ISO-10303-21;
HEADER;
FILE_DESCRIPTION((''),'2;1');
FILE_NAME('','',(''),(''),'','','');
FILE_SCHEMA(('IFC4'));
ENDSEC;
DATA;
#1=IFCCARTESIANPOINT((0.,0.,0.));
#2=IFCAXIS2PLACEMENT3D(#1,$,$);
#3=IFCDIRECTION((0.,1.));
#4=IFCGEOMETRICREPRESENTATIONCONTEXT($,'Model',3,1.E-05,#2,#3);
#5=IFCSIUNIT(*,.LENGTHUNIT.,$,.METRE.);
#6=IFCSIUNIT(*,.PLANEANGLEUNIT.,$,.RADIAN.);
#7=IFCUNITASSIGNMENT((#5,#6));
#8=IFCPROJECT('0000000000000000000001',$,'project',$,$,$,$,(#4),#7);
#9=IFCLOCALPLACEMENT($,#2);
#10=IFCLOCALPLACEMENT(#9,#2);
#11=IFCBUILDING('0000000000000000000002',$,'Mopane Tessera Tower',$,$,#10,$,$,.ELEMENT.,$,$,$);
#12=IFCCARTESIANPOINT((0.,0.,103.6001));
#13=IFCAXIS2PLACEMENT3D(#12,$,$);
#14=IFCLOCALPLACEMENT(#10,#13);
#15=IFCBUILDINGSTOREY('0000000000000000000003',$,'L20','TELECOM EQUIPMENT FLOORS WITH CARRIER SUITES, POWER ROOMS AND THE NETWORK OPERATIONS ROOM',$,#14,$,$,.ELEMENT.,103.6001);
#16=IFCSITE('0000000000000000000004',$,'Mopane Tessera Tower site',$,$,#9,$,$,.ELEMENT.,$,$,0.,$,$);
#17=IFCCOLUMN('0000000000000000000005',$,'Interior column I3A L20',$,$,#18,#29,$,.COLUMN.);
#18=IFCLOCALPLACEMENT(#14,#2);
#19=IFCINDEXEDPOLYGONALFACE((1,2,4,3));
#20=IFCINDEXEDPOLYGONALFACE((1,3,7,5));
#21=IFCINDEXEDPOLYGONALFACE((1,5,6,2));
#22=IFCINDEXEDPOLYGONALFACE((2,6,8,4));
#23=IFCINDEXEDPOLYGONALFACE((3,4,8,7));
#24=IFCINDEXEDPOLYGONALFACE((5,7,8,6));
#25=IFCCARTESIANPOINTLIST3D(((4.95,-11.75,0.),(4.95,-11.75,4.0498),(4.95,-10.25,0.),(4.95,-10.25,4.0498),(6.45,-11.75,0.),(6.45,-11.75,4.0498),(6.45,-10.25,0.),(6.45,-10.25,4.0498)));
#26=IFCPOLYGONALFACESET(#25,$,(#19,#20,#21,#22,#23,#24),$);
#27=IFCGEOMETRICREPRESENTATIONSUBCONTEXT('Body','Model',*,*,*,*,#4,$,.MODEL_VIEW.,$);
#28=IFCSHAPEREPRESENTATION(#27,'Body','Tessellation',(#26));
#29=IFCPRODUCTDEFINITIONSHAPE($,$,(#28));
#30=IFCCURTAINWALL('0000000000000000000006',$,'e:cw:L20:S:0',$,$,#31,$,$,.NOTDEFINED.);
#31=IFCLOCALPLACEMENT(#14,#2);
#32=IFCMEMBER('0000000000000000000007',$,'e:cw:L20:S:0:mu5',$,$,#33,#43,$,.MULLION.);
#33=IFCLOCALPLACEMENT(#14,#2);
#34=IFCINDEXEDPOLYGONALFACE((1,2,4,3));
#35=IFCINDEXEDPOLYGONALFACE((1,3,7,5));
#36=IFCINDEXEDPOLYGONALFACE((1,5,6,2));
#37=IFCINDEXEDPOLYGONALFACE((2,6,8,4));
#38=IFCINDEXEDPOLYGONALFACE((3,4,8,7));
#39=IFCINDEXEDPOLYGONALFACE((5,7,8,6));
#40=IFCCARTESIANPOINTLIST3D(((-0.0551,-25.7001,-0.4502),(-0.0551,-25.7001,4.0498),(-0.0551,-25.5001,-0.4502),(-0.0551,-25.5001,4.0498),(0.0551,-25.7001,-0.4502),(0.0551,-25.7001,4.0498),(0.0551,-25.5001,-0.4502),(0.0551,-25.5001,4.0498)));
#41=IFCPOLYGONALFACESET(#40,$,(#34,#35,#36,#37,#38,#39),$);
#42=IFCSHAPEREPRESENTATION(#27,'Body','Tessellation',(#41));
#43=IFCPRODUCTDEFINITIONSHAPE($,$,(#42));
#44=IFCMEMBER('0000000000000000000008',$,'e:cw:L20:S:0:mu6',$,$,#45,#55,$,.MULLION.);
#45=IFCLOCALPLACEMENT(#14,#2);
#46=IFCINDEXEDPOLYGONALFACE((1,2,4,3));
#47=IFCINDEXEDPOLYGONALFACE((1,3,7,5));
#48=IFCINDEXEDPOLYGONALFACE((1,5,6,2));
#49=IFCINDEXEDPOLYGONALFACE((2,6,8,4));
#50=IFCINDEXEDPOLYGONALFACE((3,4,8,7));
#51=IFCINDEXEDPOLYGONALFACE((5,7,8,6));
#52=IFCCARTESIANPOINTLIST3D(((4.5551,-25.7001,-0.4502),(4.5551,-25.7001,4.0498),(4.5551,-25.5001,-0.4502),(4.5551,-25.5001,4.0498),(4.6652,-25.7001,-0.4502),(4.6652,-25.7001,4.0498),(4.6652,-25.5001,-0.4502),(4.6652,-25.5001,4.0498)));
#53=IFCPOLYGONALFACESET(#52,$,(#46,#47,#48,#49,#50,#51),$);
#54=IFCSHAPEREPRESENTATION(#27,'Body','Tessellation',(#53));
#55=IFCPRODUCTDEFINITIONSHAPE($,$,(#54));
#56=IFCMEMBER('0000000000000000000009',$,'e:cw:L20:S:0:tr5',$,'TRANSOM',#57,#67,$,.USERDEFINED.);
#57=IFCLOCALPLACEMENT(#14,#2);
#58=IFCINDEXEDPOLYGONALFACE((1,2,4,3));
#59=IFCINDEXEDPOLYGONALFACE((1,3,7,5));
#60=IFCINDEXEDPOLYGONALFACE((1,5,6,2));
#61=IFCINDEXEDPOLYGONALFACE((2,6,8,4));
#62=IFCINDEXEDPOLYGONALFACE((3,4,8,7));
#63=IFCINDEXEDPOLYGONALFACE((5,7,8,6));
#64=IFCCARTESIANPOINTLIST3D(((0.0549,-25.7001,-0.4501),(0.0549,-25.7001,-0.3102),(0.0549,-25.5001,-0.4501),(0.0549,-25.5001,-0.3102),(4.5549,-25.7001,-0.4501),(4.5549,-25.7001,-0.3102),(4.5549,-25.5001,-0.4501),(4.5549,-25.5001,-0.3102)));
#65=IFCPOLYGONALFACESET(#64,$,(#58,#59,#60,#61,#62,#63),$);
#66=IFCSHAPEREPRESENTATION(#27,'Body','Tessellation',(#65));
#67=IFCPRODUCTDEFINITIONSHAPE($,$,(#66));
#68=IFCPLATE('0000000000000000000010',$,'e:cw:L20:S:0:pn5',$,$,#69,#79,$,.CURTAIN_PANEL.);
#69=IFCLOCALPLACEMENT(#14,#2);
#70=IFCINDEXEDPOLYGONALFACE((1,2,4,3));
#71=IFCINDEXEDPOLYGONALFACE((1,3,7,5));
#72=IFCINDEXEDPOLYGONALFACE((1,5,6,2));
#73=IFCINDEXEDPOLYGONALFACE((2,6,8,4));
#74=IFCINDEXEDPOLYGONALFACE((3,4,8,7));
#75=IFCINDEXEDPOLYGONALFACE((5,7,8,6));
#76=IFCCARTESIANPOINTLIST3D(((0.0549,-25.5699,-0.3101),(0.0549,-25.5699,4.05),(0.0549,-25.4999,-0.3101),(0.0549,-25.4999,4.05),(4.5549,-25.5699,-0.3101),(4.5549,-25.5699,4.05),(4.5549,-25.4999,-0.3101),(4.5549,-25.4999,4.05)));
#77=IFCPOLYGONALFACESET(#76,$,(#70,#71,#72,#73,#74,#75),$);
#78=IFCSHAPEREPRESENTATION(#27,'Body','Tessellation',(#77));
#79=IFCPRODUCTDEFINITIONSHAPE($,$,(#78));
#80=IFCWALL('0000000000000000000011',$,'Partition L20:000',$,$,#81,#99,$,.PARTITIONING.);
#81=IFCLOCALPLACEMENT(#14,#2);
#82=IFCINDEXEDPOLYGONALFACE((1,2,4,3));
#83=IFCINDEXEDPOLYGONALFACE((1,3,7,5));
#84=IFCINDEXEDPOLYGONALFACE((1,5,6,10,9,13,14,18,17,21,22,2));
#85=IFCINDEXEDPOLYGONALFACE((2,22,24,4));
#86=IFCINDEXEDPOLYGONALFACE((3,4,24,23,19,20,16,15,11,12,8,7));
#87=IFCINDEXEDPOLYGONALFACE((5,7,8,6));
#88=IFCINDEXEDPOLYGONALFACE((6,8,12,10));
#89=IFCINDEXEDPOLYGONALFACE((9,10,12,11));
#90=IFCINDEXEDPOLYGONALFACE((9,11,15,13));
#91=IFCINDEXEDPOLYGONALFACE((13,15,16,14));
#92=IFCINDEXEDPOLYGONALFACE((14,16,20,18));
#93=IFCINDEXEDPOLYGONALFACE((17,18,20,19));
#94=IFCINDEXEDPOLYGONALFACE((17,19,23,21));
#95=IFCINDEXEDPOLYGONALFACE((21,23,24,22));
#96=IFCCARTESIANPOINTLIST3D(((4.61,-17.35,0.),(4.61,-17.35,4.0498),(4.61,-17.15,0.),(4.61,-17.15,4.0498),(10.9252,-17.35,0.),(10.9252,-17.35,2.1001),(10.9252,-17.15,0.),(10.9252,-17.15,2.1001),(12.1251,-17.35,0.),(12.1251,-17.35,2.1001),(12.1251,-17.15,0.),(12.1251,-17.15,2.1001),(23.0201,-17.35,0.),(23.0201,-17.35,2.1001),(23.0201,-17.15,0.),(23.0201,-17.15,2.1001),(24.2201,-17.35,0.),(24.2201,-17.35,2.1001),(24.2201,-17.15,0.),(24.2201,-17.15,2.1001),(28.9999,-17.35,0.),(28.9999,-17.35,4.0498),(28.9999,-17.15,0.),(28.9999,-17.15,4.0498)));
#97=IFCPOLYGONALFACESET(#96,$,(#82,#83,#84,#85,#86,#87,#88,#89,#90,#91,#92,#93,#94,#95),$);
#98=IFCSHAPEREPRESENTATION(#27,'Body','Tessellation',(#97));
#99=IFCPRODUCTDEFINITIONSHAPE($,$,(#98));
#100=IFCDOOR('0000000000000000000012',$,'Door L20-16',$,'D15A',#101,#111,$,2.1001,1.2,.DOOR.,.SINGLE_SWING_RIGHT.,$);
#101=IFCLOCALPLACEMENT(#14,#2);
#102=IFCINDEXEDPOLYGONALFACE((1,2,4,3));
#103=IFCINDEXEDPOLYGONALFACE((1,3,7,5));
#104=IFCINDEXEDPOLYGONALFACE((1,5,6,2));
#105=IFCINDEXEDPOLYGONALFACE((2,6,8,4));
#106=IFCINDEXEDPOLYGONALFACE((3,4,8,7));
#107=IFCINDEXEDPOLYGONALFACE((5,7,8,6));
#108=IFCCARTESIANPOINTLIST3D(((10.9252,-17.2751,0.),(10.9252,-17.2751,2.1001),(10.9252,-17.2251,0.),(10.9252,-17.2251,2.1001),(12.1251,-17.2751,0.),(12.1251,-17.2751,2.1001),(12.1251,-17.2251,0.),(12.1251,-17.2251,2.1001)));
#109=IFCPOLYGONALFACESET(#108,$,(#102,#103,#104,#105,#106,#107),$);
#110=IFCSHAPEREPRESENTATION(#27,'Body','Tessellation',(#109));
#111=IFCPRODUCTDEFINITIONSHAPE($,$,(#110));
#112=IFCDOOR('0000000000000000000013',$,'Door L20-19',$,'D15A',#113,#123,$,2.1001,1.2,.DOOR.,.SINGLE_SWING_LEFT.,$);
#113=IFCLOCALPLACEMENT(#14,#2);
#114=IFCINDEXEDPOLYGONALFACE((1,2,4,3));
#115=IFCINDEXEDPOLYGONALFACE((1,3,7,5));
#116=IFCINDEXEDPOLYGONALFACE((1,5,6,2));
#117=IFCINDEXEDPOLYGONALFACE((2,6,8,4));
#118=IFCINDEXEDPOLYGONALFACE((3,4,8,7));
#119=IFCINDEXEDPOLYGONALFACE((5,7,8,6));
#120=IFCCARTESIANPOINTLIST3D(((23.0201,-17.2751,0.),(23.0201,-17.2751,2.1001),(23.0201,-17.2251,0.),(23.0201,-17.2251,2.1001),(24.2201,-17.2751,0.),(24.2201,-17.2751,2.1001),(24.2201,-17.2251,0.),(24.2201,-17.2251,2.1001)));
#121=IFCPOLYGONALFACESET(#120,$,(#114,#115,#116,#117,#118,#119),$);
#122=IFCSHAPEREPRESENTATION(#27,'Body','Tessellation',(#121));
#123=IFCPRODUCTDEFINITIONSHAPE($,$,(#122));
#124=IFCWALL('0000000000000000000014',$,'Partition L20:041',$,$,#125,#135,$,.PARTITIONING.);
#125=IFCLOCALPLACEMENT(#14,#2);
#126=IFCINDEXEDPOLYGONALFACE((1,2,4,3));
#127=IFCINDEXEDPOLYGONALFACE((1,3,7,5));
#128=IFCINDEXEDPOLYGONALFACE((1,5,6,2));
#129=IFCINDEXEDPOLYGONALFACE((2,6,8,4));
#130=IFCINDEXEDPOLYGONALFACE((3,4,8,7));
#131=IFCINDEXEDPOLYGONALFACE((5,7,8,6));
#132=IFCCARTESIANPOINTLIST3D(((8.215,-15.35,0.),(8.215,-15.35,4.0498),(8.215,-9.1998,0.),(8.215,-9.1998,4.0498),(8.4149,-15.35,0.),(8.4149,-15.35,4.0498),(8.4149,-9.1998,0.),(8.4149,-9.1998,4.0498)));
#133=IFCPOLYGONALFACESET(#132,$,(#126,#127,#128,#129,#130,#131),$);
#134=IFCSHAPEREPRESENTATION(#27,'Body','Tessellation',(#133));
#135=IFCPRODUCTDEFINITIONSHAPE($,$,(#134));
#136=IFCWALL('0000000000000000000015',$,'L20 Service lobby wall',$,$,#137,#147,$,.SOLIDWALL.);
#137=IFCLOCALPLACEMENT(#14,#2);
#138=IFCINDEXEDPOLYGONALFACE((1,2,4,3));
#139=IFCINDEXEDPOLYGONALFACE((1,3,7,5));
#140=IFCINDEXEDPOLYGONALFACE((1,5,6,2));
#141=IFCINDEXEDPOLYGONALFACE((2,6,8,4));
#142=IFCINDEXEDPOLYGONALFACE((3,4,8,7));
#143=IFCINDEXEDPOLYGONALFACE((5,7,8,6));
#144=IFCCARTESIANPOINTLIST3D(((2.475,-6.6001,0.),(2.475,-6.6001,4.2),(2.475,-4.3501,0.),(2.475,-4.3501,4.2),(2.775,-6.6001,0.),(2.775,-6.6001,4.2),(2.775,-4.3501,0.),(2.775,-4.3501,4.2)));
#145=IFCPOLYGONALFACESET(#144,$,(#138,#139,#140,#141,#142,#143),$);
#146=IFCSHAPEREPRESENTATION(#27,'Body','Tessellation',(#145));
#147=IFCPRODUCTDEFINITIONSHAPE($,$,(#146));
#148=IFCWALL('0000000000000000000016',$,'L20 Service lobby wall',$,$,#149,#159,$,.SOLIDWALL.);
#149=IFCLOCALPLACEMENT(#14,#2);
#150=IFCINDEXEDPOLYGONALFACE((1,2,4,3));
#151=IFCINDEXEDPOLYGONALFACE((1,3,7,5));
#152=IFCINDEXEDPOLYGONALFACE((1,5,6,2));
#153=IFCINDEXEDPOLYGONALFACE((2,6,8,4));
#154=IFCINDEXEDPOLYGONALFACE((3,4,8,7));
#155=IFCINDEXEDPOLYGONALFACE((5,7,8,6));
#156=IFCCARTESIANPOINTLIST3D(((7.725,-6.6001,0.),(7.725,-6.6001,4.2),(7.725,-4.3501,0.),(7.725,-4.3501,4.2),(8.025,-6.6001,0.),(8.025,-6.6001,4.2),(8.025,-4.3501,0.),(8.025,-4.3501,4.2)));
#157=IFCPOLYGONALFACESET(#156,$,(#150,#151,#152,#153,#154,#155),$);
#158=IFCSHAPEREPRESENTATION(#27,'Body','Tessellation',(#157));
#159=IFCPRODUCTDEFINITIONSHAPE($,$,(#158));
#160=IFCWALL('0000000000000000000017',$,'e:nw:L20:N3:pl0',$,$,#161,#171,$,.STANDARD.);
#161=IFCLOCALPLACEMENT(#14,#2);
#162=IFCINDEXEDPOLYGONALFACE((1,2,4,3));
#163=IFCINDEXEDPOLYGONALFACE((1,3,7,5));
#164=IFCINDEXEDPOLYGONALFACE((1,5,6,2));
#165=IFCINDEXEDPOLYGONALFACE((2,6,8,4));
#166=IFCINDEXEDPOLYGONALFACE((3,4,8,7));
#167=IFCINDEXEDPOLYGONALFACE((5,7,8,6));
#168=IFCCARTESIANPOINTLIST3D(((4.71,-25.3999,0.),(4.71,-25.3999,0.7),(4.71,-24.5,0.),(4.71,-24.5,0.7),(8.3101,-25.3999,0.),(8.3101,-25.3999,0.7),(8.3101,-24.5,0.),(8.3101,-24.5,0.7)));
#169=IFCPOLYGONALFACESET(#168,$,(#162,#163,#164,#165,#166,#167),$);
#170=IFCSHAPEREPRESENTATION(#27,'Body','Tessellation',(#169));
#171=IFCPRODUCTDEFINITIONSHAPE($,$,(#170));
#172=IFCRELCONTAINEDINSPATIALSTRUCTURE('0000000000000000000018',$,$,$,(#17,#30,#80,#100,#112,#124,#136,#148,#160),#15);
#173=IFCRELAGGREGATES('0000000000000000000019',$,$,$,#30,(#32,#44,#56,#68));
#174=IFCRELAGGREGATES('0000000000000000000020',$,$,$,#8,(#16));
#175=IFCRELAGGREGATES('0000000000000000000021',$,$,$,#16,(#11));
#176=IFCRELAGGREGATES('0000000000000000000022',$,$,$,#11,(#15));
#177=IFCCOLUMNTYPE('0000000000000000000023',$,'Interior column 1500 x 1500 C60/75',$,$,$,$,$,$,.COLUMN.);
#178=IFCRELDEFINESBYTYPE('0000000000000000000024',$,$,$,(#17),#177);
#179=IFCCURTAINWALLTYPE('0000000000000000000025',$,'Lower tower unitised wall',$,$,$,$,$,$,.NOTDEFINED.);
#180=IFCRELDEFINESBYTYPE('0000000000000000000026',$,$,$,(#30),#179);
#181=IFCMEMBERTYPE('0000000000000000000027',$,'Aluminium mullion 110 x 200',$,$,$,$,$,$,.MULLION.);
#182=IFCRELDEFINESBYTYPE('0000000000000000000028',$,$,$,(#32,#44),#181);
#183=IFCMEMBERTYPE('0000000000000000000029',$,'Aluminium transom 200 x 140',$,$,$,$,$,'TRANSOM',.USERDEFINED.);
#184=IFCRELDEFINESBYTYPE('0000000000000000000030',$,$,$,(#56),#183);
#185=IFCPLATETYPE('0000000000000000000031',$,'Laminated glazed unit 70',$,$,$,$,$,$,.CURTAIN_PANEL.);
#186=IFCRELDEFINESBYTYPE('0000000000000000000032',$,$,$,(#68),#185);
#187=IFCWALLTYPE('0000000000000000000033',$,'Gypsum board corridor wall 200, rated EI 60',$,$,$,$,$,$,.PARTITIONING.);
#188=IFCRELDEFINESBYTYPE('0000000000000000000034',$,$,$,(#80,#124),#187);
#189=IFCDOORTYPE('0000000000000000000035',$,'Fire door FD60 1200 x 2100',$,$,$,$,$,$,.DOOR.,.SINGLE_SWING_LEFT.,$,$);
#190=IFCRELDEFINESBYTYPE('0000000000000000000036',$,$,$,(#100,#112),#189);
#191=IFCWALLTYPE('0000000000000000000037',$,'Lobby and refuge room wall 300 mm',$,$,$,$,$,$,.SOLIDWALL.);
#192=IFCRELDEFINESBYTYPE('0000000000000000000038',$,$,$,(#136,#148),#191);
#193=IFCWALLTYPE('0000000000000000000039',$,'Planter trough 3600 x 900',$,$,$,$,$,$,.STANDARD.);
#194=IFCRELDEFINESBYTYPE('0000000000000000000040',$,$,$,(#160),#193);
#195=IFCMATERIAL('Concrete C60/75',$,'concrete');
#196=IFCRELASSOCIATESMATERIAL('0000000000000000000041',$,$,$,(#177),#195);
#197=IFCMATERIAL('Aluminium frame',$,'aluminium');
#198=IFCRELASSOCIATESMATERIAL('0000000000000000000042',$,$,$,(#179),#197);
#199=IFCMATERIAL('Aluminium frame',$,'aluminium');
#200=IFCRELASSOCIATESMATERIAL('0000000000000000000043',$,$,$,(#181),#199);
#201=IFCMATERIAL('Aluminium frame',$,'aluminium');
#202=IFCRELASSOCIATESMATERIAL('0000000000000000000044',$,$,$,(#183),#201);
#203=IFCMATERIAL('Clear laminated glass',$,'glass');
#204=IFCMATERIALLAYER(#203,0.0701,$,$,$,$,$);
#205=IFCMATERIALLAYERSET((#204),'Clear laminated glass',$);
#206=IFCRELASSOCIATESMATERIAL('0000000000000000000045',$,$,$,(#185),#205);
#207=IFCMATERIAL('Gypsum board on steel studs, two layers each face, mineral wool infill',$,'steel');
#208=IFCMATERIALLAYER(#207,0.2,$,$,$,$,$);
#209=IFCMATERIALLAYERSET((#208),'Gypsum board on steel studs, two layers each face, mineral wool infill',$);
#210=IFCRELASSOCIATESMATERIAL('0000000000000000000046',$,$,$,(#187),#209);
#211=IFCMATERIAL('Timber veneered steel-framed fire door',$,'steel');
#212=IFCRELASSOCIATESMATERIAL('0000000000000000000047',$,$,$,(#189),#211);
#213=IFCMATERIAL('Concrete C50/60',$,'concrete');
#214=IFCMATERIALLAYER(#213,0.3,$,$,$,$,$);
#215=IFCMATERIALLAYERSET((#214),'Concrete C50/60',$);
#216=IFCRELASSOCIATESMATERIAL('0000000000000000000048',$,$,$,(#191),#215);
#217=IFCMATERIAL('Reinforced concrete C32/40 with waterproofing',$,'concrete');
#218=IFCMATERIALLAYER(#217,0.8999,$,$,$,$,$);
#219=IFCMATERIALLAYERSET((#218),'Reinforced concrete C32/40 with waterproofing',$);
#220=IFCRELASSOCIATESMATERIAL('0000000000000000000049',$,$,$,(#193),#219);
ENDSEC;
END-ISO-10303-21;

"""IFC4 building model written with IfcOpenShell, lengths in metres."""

from ifc_helpers import new_model, si_unit, direction, frame, frame_2d, origin, origin_2d, place, context, subcontext, project, spatial, rectangle, extrude, material, layer, layer_set, material_profile, profile_set, type_object, element, fill, aggregate, save


model = new_model("IFC4")

# Units and contexts
model_context = context("Model", 3, precision=1e-05, world=origin(), true_north=direction((0.0, 1.0)))
body_context = subcontext(model_context, "Body", "Model", "MODEL_VIEW")
ifc_project = project(units=[si_unit("LENGTHUNIT", "METRE"), si_unit("PLANEANGLEUNIT", "RADIAN")], contexts=[model_context])

# Site, building, storey
site_placement = place(None, origin())
site = spatial("IfcSite", under=ifc_project, at=site_placement, Name="Mopane Tessera Tower site", CompositionType="ELEMENT", RefElevation=0.0)
building_placement = place(site_placement, origin())
building = spatial("IfcBuilding", under=site, at=building_placement, Name="Mopane Tessera Tower", CompositionType="ELEMENT")
storey_placement = place(building_placement, frame((0.0, 0.0, 103.6001)))
storey = spatial("IfcBuildingStorey", under=building, at=storey_placement, Name="L20", Description="TELECOM EQUIPMENT FLOORS WITH CARRIER SUITES, POWER ROOMS AND THE NETWORK OPERATIONS ROOM", CompositionType="ELEMENT", Elevation=103.6001)

# Column
ifc_material_1 = material(Name="Concrete C60/75", Category="concrete")
ifc_material_profile_1 = material_profile(ifc_material_1, rectangle(XDim=1.5, YDim=1.5, at=origin_2d()))
ifc_profile_set_1 = profile_set([ifc_material_profile_1], Name="Concrete C60/75")
column_type = type_object("IfcColumnType", Name="Interior column 1500 x 1500 C60/75", PredefinedType="COLUMN", material=ifc_profile_set_1)
column_placement = place(storey_placement, frame((5.7, -11.0, 0.0), z_axis=(0.0, 0.0, 1.0), x_axis=(1.0, 0.0, 0.0)))
element("IfcColumn", 1, at=column_placement, inside=storey, type_object=column_type, Name="Interior column I3A L20", PredefinedType="COLUMN", context=body_context, shape_type="SweptSolid", body=[
    extrude(rectangle(XDim=1.5, YDim=1.5, at=origin_2d()), origin(), (0.0, 0.0, 1.0), 4.0498),
])

# Curtain wall, members, plate
ifc_material_2 = material(Name="Aluminium frame", Category="aluminium")
curtain_wall_type = type_object("IfcCurtainWallType", Name="Lower tower unitised wall", PredefinedType="NOTDEFINED", material=ifc_material_2)
curtain_wall_placement = place(storey_placement, origin())
curtain_wall = element("IfcCurtainWall", 2, at=curtain_wall_placement, inside=storey, type_object=curtain_wall_type, Name="e:cw:L20:S:0", PredefinedType="NOTDEFINED")
ifc_material_3 = material(Name="Aluminium frame", Category="aluminium")
ifc_material_profile_2 = material_profile(ifc_material_3, rectangle(XDim=0.1101, YDim=0.2, at=origin_2d()))
ifc_profile_set_2 = profile_set([ifc_material_profile_2], Name="Aluminium frame")
member_type_1 = type_object("IfcMemberType", Name="Aluminium mullion 110 x 200", PredefinedType="MULLION", material=ifc_profile_set_2)
member_1_placement = place(storey_placement, frame((0.0, -25.6001, -0.4502), z_axis=(0.0, 0.0, 1.0), x_axis=(1.0, 0.0, 0.0)))
member_1 = element("IfcMember", 3, at=member_1_placement, type_object=member_type_1, Name="e:cw:L20:S:0:mu5", PredefinedType="MULLION", context=body_context, shape_type="SweptSolid", body=[
    extrude(rectangle(XDim=0.1101, YDim=0.2, at=origin_2d()), origin(), (0.0, 0.0, 1.0), 4.5),
])
member_2_placement = place(storey_placement, frame((4.6101, -25.6001, -0.4502), z_axis=(0.0, 0.0, 1.0), x_axis=(1.0, 0.0, 0.0)))
member_2 = element("IfcMember", 4, at=member_2_placement, type_object=member_type_1, Name="e:cw:L20:S:0:mu6", PredefinedType="MULLION", context=body_context, shape_type="SweptSolid", body=[
    extrude(rectangle(XDim=0.1101, YDim=0.2, at=origin_2d()), origin(), (0.0, 0.0, 1.0), 4.5),
])
ifc_material_4 = material(Name="Aluminium frame", Category="aluminium")
ifc_material_profile_3 = material_profile(ifc_material_4, rectangle(XDim=0.2, YDim=0.1399, at=origin_2d()))
ifc_profile_set_3 = profile_set([ifc_material_profile_3], Name="Aluminium frame")
member_type_2 = type_object("IfcMemberType", Name="Aluminium transom 200 x 140", ElementType="TRANSOM", PredefinedType="USERDEFINED", material=ifc_profile_set_3)
member_3_placement = place(storey_placement, frame((0.0549, -25.6001, -0.3801), z_axis=(1.0, 0.0, 0.0), x_axis=(0.0, 1.0, 0.0)))
member_3 = element("IfcMember", 5, at=member_3_placement, type_object=member_type_2, Name="e:cw:L20:S:0:tr5", ObjectType="TRANSOM", PredefinedType="USERDEFINED", context=body_context, shape_type="SweptSolid", body=[
    extrude(rectangle(XDim=0.2, YDim=0.1399, at=origin_2d()), origin(), (0.0, 0.0, 1.0), 4.5),
])
ifc_material_5 = material(Name="Clear laminated glass", Category="glass")
ifc_layer_1 = layer(ifc_material_5, 0.0701)
ifc_layer_set_1 = layer_set([ifc_layer_1], Name="Clear laminated glass")
plate_type = type_object("IfcPlateType", Name="Laminated glazed unit 70", PredefinedType="CURTAIN_PANEL", material=ifc_layer_set_1)
plate_placement = place(storey_placement, frame((2.3049, -25.5349, -0.3101), z_axis=(0.0, 0.0, 1.0), x_axis=(1.0, 0.0, 0.0)))
plate = element("IfcPlate", 6, at=plate_placement, type_object=plate_type, Name="e:cw:L20:S:0:pn5", PredefinedType="CURTAIN_PANEL", context=body_context, shape_type="SweptSolid", body=[
    extrude(rectangle(XDim=4.5, YDim=0.0701, at=origin_2d()), origin(), (0.0, 0.0, 1.0), 4.3601),
])
aggregate(curtain_wall, [member_1, member_2, member_3, plate])

# Wall, openings, doors
ifc_material_6 = material(Name="Gypsum board on steel studs, two layers each face, mineral wool infill", Category="steel")
ifc_layer_2 = layer(ifc_material_6, 0.2)
ifc_layer_set_2 = layer_set([ifc_layer_2], Name="Gypsum board on steel studs, two layers each face, mineral wool infill")
wall_type_1 = type_object("IfcWallType", Name="Gypsum board corridor wall 200, rated EI 60", PredefinedType="PARTITIONING", material=ifc_layer_set_2)
wall_1_placement = place(storey_placement, frame((4.6101, -17.25, 0.0), z_axis=(0.0, 0.0, 1.0), x_axis=(1.0, 0.0, 0.0)))
wall_1 = element("IfcWall", 7, at=wall_1_placement, inside=storey, type_object=wall_type_1, Name="Partition L20:000", PredefinedType="PARTITIONING", context=body_context, shape_type="SweptSolid", body=[
    extrude(rectangle(XDim=24.3899, YDim=0.2, at=frame_2d((12.1948, 0.0))), origin(), (0.0, 0.0, 1.0), 4.0498),
])
opening_1_placement = place(wall_1_placement, frame((6.3149, 0.0, 0.0)))
opening_1 = element("IfcOpeningElement", 8, at=opening_1_placement, cuts=wall_1, PredefinedType="OPENING", context=body_context, shape_type="SweptSolid", body=[
    extrude(rectangle(XDim=1.2, YDim=2.1001, at=frame_2d((0.6001, 1.05))), frame((0.0, 0.1121, 0.0), z_axis=(0.0, -1.0, 0.0), x_axis=(1.0, 0.0, 0.0)), (0.0, 0.0, 1.0), 0.2239),
])
opening_2_placement = place(wall_1_placement, frame((18.4099, 0.0, 0.0)))
opening_2 = element("IfcOpeningElement", 9, at=opening_2_placement, cuts=wall_1, PredefinedType="OPENING", context=body_context, shape_type="SweptSolid", body=[
    extrude(rectangle(XDim=1.2, YDim=2.1001, at=frame_2d((0.6001, 1.05))), frame((0.0, 0.1121, 0.0), z_axis=(0.0, -1.0, 0.0), x_axis=(1.0, 0.0, 0.0)), (0.0, 0.0, 1.0), 0.2239),
])
ifc_material_7 = material(Name="Timber veneered steel-framed fire door", Category="steel")
door_type_1 = type_object("IfcDoorType", Name="Fire door FD60 1200 x 2100", OperationType="SINGLE_SWING_LEFT", PredefinedType="DOOR", material=ifc_material_7)
door_1_placement = place(opening_1_placement, origin())
door_1 = element("IfcDoor", 10, at=door_1_placement, inside=storey, type_object=door_type_1, Name="Door L20-16", ObjectType="D15A", OperationType="SINGLE_SWING_RIGHT", OverallHeight=2.1001, OverallWidth=1.2, PredefinedType="DOOR", context=body_context, shape_type="SweptSolid", body=[
    extrude(rectangle(XDim=1.2, YDim=2.1001, at=frame_2d((0.6001, 1.05))), frame((0.0, 0.0249, 0.0), z_axis=(0.0, -1.0, 0.0), x_axis=(1.0, 0.0, 0.0)), (0.0, 0.0, 1.0), 0.05),
])
fill(opening_1, door_1)
door_2_placement = place(opening_2_placement, origin())
door_2 = element("IfcDoor", 11, at=door_2_placement, inside=storey, type_object=door_type_1, Name="Door L20-19", ObjectType="D15A", OperationType="SINGLE_SWING_LEFT", OverallHeight=2.1001, OverallWidth=1.2, PredefinedType="DOOR", context=body_context, shape_type="SweptSolid", body=[
    extrude(rectangle(XDim=1.2, YDim=2.1001, at=frame_2d((0.6001, 1.05))), frame((0.0, 0.0249, 0.0), z_axis=(0.0, -1.0, 0.0), x_axis=(1.0, 0.0, 0.0)), (0.0, 0.0, 1.0), 0.05),
])
fill(opening_2, door_2)

# Walls
wall_2_placement = place(storey_placement, frame((8.3149, -15.3501, 0.0), z_axis=(0.0, 0.0, 1.0), x_axis=(0.0, 1.0, 0.0)))
element("IfcWall", 12, at=wall_2_placement, inside=storey, type_object=wall_type_1, Name="Partition L20:041", PredefinedType="PARTITIONING", context=body_context, shape_type="SweptSolid", body=[
    extrude(rectangle(XDim=6.1501, YDim=0.2, at=frame_2d((3.0752, 0.0))), origin(), (0.0, 0.0, 1.0), 4.0498),
])
ifc_material_8 = material(Name="Concrete C50/60", Category="concrete")
ifc_layer_3 = layer(ifc_material_8, 0.3)
ifc_layer_set_3 = layer_set([ifc_layer_3], Name="Concrete C50/60")
wall_type_2 = type_object("IfcWallType", Name="Lobby and refuge room wall 300 mm", PredefinedType="SOLIDWALL", material=ifc_layer_set_3)
for number, where, z_axis, x_axis, name in (
    (13, (2.625, -6.6001, 0.0), (0.0, 0.0, 1.0), (0.0, 1.0, 0.0), "L20 Service lobby wall"),
    (14, (7.875, -6.6001, 0.0), (0.0, 0.0, 1.0), (0.0, 1.0, 0.0), "L20 Service lobby wall"),
):
    element("IfcWall", number, at=place(storey_placement, frame(where, z_axis=z_axis, x_axis=x_axis)), inside=storey, type_object=wall_type_2, Name=name, PredefinedType="SOLIDWALL", context=body_context, shape_type="SweptSolid", body=[
        extrude(rectangle(XDim=2.25, YDim=0.3, at=frame_2d((1.125, 0.0))), origin(), (0.0, 0.0, 1.0), 4.2),
    ])
ifc_material_9 = material(Name="Reinforced concrete C32/40 with waterproofing", Category="concrete")
ifc_layer_4 = layer(ifc_material_9, 0.8999)
ifc_layer_set_4 = layer_set([ifc_layer_4], Name="Reinforced concrete C32/40 with waterproofing")
wall_type_3 = type_object("IfcWallType", Name="Planter trough 3600 x 900", PredefinedType="STANDARD", material=ifc_layer_set_4)
wall_3_placement = place(storey_placement, frame((4.71, -24.95, 0.0), z_axis=(0.0, 0.0, 1.0), x_axis=(1.0, 0.0, 0.0)))
element("IfcWall", 15, at=wall_3_placement, inside=storey, type_object=wall_type_3, Name="e:nw:L20:N3:pl0", PredefinedType="STANDARD", context=body_context, shape_type="SweptSolid", body=[
    extrude(rectangle(XDim=3.6001, YDim=0.8999, at=frame_2d((1.8, 0.0))), origin(), (0.0, 0.0, 1.0), 0.7),
])

save(model, "model.ifc")
